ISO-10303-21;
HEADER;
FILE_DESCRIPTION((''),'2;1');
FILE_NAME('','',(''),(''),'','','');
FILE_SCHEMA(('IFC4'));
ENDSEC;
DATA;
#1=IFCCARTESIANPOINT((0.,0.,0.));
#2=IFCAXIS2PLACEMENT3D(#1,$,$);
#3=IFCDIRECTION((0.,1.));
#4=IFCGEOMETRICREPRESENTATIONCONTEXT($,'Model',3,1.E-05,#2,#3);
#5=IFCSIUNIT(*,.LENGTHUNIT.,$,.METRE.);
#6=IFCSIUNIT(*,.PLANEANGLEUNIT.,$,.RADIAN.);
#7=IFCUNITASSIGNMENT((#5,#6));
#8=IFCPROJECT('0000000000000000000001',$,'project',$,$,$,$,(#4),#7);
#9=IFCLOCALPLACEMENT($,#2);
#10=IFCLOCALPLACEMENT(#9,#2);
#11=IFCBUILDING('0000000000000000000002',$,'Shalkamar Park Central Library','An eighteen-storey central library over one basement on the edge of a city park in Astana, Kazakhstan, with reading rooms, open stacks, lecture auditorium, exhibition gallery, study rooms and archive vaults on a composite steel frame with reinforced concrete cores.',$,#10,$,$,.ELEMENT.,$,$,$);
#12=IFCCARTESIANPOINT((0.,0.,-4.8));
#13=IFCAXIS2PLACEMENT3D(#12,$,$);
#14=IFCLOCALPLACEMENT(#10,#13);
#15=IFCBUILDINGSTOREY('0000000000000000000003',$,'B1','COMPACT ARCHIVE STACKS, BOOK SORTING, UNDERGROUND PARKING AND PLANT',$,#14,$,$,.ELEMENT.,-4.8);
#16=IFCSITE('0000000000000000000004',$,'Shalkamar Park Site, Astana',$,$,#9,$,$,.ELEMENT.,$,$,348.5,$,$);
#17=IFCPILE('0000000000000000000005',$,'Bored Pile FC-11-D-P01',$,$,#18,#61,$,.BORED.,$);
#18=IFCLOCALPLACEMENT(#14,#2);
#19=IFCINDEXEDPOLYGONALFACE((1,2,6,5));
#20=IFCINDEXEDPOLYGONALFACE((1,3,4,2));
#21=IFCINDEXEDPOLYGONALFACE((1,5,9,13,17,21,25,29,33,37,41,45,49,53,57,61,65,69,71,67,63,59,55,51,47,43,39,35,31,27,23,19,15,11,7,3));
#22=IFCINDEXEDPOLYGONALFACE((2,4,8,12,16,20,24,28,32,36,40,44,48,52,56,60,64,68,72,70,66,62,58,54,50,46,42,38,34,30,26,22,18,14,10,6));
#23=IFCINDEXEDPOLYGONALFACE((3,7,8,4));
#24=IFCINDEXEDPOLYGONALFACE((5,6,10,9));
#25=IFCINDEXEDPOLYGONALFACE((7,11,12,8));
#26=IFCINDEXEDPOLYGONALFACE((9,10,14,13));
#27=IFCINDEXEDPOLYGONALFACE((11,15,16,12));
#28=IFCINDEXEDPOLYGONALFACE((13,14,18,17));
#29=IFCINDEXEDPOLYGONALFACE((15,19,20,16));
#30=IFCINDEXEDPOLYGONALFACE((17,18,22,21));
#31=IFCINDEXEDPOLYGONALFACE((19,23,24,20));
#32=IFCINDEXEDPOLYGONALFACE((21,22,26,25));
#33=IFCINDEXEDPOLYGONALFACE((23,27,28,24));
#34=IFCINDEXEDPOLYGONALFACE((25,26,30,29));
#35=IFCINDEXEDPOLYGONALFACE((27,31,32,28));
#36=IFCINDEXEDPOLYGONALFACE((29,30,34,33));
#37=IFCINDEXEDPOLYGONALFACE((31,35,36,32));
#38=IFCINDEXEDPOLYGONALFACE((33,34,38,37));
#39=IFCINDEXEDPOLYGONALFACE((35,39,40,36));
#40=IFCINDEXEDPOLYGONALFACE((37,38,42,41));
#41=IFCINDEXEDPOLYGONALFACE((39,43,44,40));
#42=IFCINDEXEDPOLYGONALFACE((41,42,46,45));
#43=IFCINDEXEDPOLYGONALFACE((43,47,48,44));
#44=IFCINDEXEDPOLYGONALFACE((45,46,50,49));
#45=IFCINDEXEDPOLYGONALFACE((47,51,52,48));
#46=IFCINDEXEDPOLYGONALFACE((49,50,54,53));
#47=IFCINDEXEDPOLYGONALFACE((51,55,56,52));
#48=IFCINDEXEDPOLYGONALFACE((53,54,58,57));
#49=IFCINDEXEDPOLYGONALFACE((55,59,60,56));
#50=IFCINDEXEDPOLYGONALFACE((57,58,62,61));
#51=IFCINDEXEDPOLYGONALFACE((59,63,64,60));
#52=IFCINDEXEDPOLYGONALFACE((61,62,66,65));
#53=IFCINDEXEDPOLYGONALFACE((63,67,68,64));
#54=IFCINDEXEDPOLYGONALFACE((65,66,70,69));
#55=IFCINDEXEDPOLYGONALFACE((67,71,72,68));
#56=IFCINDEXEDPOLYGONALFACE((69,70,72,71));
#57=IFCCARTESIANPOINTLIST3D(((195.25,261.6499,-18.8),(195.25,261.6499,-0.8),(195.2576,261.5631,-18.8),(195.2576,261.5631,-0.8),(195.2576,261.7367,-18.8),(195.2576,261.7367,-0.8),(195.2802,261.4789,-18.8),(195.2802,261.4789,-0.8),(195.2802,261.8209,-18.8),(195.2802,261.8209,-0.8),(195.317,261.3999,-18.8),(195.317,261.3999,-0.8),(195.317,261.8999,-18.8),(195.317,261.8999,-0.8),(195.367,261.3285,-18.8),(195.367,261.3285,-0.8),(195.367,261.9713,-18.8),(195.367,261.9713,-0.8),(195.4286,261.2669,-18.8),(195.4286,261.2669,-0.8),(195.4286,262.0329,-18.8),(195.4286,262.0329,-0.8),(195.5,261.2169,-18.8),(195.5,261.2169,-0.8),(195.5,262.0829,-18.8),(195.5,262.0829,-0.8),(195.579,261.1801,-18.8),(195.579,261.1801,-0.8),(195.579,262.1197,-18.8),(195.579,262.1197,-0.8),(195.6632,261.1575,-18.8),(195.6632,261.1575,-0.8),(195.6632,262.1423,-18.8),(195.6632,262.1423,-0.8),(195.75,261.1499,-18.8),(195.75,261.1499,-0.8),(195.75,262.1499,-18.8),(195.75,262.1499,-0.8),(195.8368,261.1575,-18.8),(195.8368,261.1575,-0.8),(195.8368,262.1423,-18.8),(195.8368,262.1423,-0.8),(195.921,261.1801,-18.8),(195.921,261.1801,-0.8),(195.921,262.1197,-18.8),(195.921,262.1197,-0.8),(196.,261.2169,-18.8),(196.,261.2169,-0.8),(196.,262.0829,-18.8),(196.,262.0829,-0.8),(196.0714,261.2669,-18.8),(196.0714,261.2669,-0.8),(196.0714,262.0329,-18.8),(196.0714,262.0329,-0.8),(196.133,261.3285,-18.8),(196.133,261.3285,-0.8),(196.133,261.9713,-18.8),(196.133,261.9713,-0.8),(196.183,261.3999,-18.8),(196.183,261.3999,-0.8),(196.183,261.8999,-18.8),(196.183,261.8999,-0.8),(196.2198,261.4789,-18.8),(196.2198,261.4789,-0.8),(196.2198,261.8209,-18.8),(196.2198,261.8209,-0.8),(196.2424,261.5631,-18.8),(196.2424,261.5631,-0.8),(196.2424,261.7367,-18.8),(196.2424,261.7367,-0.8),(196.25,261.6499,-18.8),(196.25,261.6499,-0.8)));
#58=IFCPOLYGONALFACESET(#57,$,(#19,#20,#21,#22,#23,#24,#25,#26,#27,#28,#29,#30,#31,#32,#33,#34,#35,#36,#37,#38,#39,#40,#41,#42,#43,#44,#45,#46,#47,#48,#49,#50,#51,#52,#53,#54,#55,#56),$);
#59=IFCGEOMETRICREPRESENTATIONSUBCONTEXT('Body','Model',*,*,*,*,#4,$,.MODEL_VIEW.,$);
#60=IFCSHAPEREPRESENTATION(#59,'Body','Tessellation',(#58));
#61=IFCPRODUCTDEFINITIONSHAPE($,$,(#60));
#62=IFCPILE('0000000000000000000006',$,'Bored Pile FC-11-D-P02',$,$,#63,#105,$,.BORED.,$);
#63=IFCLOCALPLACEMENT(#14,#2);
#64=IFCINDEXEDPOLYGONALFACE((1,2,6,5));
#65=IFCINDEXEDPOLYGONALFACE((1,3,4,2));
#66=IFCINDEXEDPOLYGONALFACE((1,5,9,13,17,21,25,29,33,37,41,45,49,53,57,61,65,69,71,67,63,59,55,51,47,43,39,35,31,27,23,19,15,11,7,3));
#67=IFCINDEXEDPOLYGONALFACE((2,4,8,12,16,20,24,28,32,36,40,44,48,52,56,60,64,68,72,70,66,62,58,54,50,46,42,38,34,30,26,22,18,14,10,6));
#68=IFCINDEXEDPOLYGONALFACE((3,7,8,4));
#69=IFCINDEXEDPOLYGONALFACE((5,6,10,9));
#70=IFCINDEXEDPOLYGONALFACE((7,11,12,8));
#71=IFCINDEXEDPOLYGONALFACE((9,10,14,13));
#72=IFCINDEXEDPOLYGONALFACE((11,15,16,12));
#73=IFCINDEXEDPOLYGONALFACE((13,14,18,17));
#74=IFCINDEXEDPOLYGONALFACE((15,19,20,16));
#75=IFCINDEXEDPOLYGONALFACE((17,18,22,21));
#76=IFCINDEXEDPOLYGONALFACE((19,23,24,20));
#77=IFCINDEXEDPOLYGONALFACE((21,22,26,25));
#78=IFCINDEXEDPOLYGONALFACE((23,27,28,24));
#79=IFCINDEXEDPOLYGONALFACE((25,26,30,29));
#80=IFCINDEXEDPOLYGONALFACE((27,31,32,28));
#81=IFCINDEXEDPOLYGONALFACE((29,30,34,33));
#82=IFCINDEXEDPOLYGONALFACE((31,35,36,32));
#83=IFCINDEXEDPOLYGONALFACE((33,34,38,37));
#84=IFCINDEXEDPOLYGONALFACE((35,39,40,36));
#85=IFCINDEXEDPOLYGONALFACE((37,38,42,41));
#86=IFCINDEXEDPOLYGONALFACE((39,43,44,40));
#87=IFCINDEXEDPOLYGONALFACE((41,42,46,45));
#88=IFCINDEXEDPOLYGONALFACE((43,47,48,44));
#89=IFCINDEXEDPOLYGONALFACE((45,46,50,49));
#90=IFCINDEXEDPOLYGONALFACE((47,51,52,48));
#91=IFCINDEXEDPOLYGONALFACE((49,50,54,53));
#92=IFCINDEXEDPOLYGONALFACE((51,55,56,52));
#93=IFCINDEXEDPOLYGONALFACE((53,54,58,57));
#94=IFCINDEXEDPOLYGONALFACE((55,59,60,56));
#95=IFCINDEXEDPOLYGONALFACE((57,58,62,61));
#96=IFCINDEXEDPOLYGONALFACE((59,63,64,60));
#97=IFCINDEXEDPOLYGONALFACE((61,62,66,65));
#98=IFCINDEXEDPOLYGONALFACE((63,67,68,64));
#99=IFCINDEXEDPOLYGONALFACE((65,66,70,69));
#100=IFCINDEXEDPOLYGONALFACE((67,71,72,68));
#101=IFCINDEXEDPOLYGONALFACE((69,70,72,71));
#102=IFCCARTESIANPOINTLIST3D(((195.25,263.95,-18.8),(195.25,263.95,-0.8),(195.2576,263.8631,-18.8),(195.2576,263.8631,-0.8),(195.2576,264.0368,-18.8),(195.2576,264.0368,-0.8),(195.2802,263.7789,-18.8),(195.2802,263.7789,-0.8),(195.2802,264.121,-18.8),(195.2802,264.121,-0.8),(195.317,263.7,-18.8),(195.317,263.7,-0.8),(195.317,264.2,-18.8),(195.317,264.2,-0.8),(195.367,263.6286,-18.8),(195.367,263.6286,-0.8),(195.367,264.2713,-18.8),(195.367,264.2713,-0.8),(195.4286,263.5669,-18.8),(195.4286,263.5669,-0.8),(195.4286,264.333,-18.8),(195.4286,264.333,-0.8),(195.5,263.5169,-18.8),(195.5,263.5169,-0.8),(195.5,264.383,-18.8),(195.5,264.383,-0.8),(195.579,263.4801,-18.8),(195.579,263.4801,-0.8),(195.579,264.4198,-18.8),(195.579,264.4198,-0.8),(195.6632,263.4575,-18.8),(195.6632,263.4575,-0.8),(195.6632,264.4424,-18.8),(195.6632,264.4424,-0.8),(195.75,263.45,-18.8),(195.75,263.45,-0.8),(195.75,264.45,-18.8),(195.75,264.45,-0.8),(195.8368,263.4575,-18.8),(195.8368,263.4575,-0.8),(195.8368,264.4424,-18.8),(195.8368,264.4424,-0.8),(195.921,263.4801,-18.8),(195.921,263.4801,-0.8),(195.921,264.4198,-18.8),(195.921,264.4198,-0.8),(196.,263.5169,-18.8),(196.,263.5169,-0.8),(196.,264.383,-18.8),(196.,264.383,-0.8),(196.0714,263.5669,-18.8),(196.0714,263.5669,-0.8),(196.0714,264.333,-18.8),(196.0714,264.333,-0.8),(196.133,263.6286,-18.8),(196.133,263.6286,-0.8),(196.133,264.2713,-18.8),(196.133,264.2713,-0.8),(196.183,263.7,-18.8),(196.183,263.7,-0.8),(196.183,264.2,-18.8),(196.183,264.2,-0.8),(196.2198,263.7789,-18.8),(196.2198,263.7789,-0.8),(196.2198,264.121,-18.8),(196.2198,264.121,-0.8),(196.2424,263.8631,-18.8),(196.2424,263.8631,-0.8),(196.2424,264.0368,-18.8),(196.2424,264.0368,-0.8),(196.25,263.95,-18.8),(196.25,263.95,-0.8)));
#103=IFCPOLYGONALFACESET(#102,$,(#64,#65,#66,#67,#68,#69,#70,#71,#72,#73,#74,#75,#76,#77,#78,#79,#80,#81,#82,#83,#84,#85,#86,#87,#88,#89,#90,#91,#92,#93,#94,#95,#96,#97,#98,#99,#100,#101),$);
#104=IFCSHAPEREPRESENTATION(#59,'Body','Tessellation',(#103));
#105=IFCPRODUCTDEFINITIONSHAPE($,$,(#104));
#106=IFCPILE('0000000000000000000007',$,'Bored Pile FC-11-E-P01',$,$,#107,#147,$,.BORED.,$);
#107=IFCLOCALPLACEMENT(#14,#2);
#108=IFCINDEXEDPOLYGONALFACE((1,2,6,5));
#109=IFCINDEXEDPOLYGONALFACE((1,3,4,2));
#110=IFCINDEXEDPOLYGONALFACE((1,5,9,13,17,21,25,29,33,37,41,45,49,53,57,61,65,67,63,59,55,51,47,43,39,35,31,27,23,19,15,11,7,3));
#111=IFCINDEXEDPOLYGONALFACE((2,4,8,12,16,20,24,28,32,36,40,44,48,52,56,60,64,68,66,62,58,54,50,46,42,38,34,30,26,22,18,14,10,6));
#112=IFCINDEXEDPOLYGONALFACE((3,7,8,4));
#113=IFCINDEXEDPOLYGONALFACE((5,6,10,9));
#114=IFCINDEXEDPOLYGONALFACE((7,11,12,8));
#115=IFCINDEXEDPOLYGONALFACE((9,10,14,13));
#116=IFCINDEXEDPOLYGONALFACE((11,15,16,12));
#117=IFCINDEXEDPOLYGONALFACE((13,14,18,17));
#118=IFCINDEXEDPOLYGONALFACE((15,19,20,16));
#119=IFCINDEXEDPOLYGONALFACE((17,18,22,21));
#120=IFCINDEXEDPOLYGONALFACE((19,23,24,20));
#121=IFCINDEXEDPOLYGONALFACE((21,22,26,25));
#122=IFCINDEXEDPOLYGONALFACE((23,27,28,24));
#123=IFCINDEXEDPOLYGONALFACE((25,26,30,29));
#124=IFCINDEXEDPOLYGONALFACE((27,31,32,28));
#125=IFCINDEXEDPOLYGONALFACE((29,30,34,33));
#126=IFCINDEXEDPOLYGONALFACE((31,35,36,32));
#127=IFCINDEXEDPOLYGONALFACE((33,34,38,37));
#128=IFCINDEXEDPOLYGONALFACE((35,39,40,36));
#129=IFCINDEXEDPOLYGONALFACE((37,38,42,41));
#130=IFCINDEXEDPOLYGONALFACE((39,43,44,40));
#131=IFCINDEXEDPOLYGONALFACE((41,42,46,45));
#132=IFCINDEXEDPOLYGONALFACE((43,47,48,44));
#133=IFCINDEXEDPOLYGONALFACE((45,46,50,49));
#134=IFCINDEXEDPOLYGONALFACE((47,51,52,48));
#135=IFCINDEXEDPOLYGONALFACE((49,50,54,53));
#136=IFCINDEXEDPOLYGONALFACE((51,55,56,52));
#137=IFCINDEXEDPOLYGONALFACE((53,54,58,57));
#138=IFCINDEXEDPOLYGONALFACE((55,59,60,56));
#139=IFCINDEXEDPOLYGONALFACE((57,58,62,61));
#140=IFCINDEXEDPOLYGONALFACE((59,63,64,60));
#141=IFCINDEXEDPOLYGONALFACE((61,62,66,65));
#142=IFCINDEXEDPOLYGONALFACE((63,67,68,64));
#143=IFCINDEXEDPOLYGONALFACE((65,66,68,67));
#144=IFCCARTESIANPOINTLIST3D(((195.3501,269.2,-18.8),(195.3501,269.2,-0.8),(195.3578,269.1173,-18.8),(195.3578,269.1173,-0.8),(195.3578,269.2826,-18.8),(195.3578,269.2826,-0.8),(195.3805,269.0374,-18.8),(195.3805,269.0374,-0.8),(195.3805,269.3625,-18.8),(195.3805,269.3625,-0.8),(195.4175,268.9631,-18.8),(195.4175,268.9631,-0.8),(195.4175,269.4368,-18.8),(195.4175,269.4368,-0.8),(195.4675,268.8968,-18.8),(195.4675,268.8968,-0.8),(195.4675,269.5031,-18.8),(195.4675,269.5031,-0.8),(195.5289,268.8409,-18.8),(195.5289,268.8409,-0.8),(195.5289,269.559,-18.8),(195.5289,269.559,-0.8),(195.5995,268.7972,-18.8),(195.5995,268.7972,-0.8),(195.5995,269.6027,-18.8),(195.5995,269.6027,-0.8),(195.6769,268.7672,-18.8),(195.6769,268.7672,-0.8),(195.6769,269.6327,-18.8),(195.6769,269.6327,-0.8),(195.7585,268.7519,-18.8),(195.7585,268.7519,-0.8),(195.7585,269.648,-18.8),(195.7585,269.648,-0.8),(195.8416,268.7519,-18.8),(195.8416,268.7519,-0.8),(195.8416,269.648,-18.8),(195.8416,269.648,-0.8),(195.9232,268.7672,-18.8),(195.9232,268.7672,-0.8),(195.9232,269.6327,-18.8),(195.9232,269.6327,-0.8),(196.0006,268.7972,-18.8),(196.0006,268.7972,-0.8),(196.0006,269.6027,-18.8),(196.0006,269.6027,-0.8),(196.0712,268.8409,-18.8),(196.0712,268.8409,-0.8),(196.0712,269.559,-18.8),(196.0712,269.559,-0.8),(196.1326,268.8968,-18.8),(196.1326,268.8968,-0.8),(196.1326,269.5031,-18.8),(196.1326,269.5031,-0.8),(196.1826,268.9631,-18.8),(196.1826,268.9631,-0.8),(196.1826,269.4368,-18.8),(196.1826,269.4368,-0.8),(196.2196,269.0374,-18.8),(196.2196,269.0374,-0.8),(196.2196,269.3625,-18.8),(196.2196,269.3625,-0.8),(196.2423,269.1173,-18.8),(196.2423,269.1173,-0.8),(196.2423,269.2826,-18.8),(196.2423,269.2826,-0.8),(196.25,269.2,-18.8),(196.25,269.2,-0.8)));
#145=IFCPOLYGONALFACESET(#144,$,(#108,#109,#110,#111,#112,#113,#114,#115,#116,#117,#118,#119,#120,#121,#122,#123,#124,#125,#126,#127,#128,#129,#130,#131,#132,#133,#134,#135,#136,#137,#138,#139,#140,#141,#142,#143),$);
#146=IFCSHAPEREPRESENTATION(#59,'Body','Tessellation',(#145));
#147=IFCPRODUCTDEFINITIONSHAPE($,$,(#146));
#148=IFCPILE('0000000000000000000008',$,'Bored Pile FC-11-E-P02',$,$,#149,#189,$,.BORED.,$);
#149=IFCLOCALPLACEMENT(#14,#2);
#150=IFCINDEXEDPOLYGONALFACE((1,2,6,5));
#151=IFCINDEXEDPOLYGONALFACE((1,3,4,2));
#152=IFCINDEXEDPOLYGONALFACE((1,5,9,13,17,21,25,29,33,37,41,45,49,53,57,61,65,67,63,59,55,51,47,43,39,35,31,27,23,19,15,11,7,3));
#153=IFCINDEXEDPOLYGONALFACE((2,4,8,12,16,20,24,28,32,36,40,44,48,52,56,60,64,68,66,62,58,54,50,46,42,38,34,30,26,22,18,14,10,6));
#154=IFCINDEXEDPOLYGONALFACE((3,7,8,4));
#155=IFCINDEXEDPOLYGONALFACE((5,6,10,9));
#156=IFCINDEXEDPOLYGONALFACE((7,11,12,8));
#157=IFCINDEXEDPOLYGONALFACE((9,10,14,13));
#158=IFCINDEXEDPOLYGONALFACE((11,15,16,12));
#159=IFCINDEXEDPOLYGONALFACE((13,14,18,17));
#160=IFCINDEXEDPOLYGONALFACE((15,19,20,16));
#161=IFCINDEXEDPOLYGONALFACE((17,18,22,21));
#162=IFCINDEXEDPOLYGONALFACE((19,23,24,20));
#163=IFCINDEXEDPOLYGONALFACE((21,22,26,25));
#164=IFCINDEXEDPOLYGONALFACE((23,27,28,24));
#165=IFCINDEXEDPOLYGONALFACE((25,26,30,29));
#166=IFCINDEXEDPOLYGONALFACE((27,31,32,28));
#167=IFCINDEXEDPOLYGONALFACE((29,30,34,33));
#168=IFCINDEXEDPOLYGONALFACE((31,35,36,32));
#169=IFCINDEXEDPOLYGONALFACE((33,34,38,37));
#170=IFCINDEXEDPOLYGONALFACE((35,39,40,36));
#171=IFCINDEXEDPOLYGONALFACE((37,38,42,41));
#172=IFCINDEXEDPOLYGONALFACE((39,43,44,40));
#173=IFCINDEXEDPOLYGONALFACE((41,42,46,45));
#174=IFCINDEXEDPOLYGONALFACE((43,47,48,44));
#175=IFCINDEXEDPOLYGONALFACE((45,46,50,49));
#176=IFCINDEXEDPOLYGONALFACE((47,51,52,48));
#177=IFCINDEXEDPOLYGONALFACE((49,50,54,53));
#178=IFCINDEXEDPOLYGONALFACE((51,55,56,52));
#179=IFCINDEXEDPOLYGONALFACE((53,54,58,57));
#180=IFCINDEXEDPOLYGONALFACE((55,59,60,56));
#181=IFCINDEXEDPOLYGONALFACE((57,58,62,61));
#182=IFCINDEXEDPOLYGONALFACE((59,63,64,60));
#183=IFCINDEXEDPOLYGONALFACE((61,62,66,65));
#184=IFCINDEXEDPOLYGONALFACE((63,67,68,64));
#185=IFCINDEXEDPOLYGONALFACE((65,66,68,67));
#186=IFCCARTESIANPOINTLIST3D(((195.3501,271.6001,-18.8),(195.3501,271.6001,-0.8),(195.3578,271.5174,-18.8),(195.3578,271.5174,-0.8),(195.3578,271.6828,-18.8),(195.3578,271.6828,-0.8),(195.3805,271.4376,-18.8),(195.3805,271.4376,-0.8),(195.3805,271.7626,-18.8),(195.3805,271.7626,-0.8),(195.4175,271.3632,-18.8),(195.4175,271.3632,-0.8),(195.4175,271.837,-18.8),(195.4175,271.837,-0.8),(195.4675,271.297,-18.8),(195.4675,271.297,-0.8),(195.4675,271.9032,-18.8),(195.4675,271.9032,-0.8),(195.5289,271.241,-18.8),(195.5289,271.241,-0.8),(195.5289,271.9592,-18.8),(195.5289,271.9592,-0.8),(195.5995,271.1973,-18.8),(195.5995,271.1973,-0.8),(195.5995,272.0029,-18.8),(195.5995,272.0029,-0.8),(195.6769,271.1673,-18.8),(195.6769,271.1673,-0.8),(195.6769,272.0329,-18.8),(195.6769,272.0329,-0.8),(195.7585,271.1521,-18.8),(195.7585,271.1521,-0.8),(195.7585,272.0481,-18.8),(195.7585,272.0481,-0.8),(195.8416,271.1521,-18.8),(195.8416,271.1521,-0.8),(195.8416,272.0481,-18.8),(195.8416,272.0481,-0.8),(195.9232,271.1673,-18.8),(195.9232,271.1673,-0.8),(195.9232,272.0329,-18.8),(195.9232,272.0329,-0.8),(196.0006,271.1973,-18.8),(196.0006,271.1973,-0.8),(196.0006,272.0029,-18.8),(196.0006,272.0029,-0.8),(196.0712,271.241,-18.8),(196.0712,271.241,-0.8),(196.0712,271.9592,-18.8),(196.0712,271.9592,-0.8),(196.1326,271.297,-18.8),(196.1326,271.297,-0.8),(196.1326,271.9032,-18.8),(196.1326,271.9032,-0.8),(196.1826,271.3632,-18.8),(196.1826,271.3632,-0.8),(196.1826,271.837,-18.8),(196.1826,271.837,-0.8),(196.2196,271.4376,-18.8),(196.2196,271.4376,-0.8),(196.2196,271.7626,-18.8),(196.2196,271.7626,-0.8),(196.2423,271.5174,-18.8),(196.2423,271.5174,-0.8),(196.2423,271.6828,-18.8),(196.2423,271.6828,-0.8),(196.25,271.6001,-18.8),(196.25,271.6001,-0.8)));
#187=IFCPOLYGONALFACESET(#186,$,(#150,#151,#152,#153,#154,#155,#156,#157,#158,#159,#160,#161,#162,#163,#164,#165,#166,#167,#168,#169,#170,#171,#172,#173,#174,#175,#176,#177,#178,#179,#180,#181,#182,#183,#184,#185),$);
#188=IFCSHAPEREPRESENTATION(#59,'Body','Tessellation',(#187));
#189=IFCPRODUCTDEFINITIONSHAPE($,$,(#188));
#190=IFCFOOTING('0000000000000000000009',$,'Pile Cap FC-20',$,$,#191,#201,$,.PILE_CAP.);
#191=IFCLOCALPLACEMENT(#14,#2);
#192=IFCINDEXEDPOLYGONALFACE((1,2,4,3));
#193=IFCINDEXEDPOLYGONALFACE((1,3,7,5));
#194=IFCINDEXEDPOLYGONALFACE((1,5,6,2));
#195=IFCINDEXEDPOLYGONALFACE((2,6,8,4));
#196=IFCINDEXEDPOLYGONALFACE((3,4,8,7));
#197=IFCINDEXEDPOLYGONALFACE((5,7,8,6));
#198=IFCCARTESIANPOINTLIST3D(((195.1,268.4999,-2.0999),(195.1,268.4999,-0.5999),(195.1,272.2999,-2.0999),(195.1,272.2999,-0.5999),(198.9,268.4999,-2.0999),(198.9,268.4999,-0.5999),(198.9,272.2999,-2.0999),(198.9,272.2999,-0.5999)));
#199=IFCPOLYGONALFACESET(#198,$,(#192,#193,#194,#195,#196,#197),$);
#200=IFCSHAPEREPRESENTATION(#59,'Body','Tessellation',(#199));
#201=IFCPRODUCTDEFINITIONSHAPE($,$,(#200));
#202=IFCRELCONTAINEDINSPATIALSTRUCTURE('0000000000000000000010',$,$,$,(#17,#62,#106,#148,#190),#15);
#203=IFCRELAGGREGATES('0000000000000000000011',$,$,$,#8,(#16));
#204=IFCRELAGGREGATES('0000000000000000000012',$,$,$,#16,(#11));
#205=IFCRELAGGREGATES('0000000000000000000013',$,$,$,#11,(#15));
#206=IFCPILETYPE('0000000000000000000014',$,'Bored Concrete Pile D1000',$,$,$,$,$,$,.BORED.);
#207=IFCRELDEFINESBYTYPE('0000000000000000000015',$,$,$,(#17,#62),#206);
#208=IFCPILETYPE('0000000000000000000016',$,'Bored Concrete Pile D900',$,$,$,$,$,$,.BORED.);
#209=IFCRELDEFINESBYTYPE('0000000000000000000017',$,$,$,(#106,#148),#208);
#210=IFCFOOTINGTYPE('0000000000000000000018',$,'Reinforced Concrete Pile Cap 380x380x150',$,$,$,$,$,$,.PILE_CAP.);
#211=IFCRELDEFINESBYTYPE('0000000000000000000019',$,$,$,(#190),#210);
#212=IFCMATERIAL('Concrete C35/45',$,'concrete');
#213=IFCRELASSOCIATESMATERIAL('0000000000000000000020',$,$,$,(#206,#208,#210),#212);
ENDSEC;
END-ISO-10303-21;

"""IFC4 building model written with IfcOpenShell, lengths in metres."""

from ifc_helpers import new_model, si_unit, direction, frame, origin, origin_2d, place, context, subcontext, project, spatial, rectangle, circle, extrude, material, material_profile, profile_set, type_object, element, save


model = new_model("IFC4")

# Units and contexts
model_context = context("Model", 3, precision=1e-05, world=origin(), true_north=direction((0.0, 1.0)))
body_context = subcontext(model_context, "Body", "Model", "MODEL_VIEW")
ifc_project = project(units=[si_unit("LENGTHUNIT", "METRE"), si_unit("PLANEANGLEUNIT", "RADIAN")], contexts=[model_context])

# Site, building, storey
site_placement = place(None, origin())
site = spatial("IfcSite", under=ifc_project, at=site_placement, Name="Shalkamar Park Site, Astana", CompositionType="ELEMENT", RefElevation=348.5)
building_placement = place(site_placement, origin())
building = spatial("IfcBuilding", under=site, at=building_placement, Name="Shalkamar Park Central Library", Description="An eighteen-storey central library over one basement on the edge of a city park in Astana, Kazakhstan, with reading rooms, open stacks, lecture auditorium, exhibition gallery, study rooms and archive vaults on a composite steel frame with reinforced concrete cores.", CompositionType="ELEMENT")
storey_placement = place(building_placement, frame((0.0, 0.0, -4.8)))
storey = spatial("IfcBuildingStorey", under=building, at=storey_placement, Name="B1", Description="COMPACT ARCHIVE STACKS, BOOK SORTING, UNDERGROUND PARKING AND PLANT", CompositionType="ELEMENT", Elevation=-4.8)

# Piles
ifc_material_1 = material(Name="Concrete C35/45", Category="concrete")
ifc_material_profile_1 = material_profile(ifc_material_1, circle(Radius=0.5, at=origin_2d()), Name="PILE D1000")
ifc_profile_set_1 = profile_set([ifc_material_profile_1], Name="Concrete C35/45")
pile_type_1 = type_object("IfcPileType", Name="Bored Concrete Pile D1000", PredefinedType="BORED", material=ifc_profile_set_1)
for number, where, z_axis, x_axis, name in (
    (1, (195.75, 261.6499, -0.8), (0.0, 0.0, -1.0), (1.0, 0.0, 0.0), "Bored Pile FC-11-D-P01"),
    (2, (195.75, 263.95, -0.8), (0.0, 0.0, -1.0), (1.0, 0.0, 0.0), "Bored Pile FC-11-D-P02"),
):
    element("IfcPile", number, at=place(storey_placement, frame(where, z_axis=z_axis, x_axis=x_axis)), inside=storey, type_object=pile_type_1, Name=name, PredefinedType="BORED", context=body_context, shape_type="SweptSolid", body=[
        extrude(circle(Radius=0.5, at=origin_2d()), origin(), (0.0, 0.0, 1.0), 18.0),
    ])
ifc_material_profile_2 = material_profile(ifc_material_1, circle(Radius=0.45, at=origin_2d()), Name="PILE D900")
ifc_profile_set_2 = profile_set([ifc_material_profile_2], Name="Concrete C35/45")
pile_type_2 = type_object("IfcPileType", Name="Bored Concrete Pile D900", PredefinedType="BORED", material=ifc_profile_set_2)
for number, where, z_axis, x_axis, name in (
    (3, (195.8, 269.2, -0.8), (0.0, 0.0, -1.0), (1.0, 0.0, 0.0), "Bored Pile FC-11-E-P01"),
    (4, (195.8, 271.6001, -0.8), (0.0, 0.0, -1.0), (1.0, 0.0, 0.0), "Bored Pile FC-11-E-P02"),
):
    element("IfcPile", number, at=place(storey_placement, frame(where, z_axis=z_axis, x_axis=x_axis)), inside=storey, type_object=pile_type_2, Name=name, PredefinedType="BORED", context=body_context, shape_type="SweptSolid", body=[
        extrude(circle(Radius=0.45, at=origin_2d()), origin(), (0.0, 0.0, 1.0), 18.0),
    ])

# Footing
footing_type_1 = type_object("IfcFootingType", Name="Reinforced Concrete Pile Cap 380x380x150", PredefinedType="PILE_CAP", material=ifc_material_1)
footing_placement = place(storey_placement, frame((197.0, 270.3999, -2.0999), z_axis=(0.0, 0.0, 1.0), x_axis=(1.0, 0.0, 0.0)))
element("IfcFooting", 5, at=footing_placement, inside=storey, type_object=footing_type_1, Name="Pile Cap FC-20", PredefinedType="PILE_CAP", context=body_context, shape_type="SweptSolid", body=[
    extrude(rectangle(XDim=3.8, YDim=3.8, at=origin_2d()), origin(), (0.0, 0.0, 1.0), 1.5),
])

save(model, "model.ifc")
